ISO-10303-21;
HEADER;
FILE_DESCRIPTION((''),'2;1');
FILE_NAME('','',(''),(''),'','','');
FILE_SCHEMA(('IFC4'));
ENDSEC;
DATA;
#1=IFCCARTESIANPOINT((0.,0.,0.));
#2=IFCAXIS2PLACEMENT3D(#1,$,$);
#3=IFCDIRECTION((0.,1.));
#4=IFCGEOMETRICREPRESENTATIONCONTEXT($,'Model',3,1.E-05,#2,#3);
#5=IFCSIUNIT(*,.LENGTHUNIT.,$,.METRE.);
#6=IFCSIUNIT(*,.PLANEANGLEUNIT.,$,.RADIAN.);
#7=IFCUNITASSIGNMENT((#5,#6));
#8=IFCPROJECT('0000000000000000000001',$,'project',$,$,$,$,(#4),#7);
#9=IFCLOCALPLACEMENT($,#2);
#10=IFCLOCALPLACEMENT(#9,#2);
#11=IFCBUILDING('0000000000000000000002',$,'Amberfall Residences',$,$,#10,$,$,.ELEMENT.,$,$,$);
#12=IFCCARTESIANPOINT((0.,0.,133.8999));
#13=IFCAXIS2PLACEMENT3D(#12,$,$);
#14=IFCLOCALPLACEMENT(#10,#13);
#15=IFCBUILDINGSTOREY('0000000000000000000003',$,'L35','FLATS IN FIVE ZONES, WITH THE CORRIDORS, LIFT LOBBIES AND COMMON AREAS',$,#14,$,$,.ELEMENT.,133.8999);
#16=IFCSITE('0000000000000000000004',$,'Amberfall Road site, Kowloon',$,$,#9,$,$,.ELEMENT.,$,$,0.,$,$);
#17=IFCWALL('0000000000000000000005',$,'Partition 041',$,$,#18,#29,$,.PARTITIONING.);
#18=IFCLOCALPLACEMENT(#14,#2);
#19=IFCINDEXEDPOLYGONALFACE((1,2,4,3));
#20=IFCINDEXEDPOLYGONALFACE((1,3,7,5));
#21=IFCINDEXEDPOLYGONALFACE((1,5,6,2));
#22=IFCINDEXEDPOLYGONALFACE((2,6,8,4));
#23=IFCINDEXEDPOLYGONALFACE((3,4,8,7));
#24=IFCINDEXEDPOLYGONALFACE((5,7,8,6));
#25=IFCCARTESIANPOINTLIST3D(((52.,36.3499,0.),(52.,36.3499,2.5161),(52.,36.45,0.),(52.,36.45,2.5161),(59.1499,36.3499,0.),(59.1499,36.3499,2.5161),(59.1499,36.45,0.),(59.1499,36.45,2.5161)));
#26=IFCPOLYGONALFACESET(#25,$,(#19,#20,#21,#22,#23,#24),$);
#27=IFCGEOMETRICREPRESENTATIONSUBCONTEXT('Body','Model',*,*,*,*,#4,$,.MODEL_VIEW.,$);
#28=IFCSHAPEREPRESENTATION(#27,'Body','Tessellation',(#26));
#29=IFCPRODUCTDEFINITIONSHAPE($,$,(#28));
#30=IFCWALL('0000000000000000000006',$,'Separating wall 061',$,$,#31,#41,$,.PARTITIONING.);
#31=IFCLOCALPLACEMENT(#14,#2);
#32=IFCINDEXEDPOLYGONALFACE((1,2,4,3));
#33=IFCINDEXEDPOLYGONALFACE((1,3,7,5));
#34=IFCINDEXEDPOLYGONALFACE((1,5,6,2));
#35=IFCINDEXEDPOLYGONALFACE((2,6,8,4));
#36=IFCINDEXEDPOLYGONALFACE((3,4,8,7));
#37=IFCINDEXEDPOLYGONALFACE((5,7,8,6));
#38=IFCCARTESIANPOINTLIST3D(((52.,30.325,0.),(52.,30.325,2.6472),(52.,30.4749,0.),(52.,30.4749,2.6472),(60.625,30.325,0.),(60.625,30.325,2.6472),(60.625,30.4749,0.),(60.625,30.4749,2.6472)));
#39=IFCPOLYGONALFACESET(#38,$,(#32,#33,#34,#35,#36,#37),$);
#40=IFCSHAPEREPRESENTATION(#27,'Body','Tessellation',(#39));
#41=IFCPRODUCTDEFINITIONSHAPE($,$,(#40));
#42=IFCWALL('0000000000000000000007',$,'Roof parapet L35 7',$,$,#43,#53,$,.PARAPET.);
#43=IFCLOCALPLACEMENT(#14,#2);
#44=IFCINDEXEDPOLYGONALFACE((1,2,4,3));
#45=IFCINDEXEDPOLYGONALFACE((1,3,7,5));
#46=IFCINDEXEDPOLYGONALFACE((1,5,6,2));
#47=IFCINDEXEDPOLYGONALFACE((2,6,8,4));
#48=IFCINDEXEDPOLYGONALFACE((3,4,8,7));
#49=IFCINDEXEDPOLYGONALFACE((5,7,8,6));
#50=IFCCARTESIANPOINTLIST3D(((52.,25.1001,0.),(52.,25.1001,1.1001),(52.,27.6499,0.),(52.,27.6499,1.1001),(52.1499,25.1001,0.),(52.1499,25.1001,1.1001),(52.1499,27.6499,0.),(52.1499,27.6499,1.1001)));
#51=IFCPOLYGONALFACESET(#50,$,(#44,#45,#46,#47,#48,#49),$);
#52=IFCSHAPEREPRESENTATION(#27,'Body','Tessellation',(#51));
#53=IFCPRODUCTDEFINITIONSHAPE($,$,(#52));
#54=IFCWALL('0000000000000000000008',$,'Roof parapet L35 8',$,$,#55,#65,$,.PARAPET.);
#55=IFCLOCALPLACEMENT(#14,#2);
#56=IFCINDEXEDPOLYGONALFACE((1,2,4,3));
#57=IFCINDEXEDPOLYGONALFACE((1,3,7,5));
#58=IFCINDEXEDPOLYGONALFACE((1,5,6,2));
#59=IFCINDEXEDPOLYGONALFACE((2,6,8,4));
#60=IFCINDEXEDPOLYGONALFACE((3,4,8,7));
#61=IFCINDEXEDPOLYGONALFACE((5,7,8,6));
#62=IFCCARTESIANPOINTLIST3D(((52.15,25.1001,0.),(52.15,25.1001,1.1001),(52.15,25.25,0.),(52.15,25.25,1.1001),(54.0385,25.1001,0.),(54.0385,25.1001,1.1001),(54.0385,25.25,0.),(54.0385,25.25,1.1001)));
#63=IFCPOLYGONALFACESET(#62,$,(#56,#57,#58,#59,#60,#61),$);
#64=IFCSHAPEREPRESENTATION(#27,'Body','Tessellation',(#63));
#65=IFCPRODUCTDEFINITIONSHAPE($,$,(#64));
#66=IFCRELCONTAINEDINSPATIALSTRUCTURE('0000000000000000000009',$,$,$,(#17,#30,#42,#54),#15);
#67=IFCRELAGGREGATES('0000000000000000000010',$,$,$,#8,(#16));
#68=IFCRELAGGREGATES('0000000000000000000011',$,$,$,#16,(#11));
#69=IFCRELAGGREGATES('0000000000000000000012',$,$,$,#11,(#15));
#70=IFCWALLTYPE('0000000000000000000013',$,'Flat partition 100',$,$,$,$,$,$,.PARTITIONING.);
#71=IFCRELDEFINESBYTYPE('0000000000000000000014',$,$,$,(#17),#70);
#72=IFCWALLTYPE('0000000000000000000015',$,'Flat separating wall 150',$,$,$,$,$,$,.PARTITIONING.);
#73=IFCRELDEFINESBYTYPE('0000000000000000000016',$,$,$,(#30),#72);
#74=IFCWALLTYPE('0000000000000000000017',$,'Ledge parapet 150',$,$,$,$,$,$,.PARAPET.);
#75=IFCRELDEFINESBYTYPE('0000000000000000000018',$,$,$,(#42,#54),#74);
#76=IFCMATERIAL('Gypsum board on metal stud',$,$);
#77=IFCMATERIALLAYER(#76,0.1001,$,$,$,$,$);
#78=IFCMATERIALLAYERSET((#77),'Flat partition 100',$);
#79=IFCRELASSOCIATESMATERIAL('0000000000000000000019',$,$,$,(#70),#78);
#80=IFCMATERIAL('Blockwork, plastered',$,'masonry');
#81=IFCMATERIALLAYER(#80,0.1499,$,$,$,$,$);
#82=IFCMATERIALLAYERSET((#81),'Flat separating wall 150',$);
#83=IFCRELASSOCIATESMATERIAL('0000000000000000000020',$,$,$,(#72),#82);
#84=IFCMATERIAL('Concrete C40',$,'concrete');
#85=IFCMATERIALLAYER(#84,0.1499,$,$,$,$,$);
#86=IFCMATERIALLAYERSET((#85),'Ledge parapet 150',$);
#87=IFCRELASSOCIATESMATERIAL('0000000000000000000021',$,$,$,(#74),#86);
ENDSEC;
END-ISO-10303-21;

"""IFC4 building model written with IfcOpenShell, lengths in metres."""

from ifc_helpers import new_model, si_unit, direction, frame, frame_2d, origin, place, context, subcontext, project, spatial, rectangle, extrude, material, layer, layer_set, type_object, element, save


model = new_model("IFC4")

# Units and contexts
model_context = context("Model", 3, precision=1e-05, world=origin(), true_north=direction((0.0, 1.0)))
body_context = subcontext(model_context, "Body", "Model", "MODEL_VIEW")
ifc_project = project(units=[si_unit("LENGTHUNIT", "METRE"), si_unit("PLANEANGLEUNIT", "RADIAN")], contexts=[model_context])

# Site, building, storey
site_placement = place(None, origin())
site = spatial("IfcSite", under=ifc_project, at=site_placement, Name="Amberfall Road site, Kowloon", CompositionType="ELEMENT", RefElevation=0.0)
building_placement = place(site_placement, origin())
building = spatial("IfcBuilding", under=site, at=building_placement, Name="Amberfall Residences", CompositionType="ELEMENT")
storey_placement = place(building_placement, frame((0.0, 0.0, 133.8999)))
storey = spatial("IfcBuildingStorey", under=building, at=storey_placement, Name="L35", Description="FLATS IN FIVE ZONES, WITH THE CORRIDORS, LIFT LOBBIES AND COMMON AREAS", CompositionType="ELEMENT", Elevation=133.8999)

# Shared definitions
ifc_material_1 = material(Name="Concrete C40", Category="concrete")

# Walls
ifc_material_2 = material(Name="Gypsum board on metal stud")
ifc_layer_1 = layer(ifc_material_2, 0.1001)
ifc_layer_set_1 = layer_set([ifc_layer_1], Name="Flat partition 100")
wall_type_1 = type_object("IfcWallType", Name="Flat partition 100", PredefinedType="PARTITIONING", material=ifc_layer_set_1)
wall_1_placement = place(storey_placement, frame((52.0, 36.3999, 0.0), z_axis=(0.0, 0.0, 1.0), x_axis=(1.0, 0.0, 0.0)))
element("IfcWall", 1, at=wall_1_placement, inside=storey, type_object=wall_type_1, Name="Partition 041", PredefinedType="PARTITIONING", context=body_context, shape_type="SweptSolid", body=[
    extrude(rectangle(XDim=7.1499, YDim=0.1001, at=frame_2d((3.575, 0.0))), origin(), (0.0, 0.0, 1.0), 2.5161),
])
ifc_material_3 = material(Name="Blockwork, plastered", Category="masonry")
ifc_layer_2 = layer(ifc_material_3, 0.1499)
ifc_layer_set_2 = layer_set([ifc_layer_2], Name="Flat separating wall 150")
wall_type_2 = type_object("IfcWallType", Name="Flat separating wall 150", PredefinedType="PARTITIONING", material=ifc_layer_set_2)
wall_2_placement = place(storey_placement, frame((52.0, 30.3999, 0.0), z_axis=(0.0, 0.0, 1.0), x_axis=(1.0, 0.0, 0.0)))
element("IfcWall", 2, at=wall_2_placement, inside=storey, type_object=wall_type_2, Name="Separating wall 061", PredefinedType="PARTITIONING", context=body_context, shape_type="SweptSolid", body=[
    extrude(rectangle(XDim=8.625, YDim=0.1499, at=frame_2d((4.3125, 0.0))), origin(), (0.0, 0.0, 1.0), 2.6472),
])
ifc_layer_3 = layer(ifc_material_1, 0.1499)
ifc_layer_set_3 = layer_set([ifc_layer_3], Name="Ledge parapet 150")
wall_type_3 = type_object("IfcWallType", Name="Ledge parapet 150", PredefinedType="PARAPET", material=ifc_layer_set_3)
wall_3_placement = place(storey_placement, frame((52.075, 27.6499, 0.0), z_axis=(0.0, 0.0, 1.0), x_axis=(0.0, -1.0, 0.0)))
element("IfcWall", 3, at=wall_3_placement, inside=storey, type_object=wall_type_3, Name="Roof parapet L35 7", PredefinedType="PARAPET", context=body_context, shape_type="SweptSolid", body=[
    extrude(rectangle(XDim=2.5498, YDim=0.1499, at=frame_2d((1.2749, 0.0))), origin(), (0.0, 0.0, 1.0), 1.1001),
])
wall_4_placement = place(storey_placement, frame((52.1499, 25.175, 0.0), z_axis=(0.0, 0.0, 1.0), x_axis=(1.0, 0.0, 0.0)))
element("IfcWall", 4, at=wall_4_placement, inside=storey, type_object=wall_type_3, Name="Roof parapet L35 8", PredefinedType="PARAPET", context=body_context, shape_type="SweptSolid", body=[
    extrude(rectangle(XDim=1.8884, YDim=0.1499, at=frame_2d((0.9443, 0.0))), origin(), (0.0, 0.0, 1.0), 1.1001),
])

save(model, "model.ifc")
